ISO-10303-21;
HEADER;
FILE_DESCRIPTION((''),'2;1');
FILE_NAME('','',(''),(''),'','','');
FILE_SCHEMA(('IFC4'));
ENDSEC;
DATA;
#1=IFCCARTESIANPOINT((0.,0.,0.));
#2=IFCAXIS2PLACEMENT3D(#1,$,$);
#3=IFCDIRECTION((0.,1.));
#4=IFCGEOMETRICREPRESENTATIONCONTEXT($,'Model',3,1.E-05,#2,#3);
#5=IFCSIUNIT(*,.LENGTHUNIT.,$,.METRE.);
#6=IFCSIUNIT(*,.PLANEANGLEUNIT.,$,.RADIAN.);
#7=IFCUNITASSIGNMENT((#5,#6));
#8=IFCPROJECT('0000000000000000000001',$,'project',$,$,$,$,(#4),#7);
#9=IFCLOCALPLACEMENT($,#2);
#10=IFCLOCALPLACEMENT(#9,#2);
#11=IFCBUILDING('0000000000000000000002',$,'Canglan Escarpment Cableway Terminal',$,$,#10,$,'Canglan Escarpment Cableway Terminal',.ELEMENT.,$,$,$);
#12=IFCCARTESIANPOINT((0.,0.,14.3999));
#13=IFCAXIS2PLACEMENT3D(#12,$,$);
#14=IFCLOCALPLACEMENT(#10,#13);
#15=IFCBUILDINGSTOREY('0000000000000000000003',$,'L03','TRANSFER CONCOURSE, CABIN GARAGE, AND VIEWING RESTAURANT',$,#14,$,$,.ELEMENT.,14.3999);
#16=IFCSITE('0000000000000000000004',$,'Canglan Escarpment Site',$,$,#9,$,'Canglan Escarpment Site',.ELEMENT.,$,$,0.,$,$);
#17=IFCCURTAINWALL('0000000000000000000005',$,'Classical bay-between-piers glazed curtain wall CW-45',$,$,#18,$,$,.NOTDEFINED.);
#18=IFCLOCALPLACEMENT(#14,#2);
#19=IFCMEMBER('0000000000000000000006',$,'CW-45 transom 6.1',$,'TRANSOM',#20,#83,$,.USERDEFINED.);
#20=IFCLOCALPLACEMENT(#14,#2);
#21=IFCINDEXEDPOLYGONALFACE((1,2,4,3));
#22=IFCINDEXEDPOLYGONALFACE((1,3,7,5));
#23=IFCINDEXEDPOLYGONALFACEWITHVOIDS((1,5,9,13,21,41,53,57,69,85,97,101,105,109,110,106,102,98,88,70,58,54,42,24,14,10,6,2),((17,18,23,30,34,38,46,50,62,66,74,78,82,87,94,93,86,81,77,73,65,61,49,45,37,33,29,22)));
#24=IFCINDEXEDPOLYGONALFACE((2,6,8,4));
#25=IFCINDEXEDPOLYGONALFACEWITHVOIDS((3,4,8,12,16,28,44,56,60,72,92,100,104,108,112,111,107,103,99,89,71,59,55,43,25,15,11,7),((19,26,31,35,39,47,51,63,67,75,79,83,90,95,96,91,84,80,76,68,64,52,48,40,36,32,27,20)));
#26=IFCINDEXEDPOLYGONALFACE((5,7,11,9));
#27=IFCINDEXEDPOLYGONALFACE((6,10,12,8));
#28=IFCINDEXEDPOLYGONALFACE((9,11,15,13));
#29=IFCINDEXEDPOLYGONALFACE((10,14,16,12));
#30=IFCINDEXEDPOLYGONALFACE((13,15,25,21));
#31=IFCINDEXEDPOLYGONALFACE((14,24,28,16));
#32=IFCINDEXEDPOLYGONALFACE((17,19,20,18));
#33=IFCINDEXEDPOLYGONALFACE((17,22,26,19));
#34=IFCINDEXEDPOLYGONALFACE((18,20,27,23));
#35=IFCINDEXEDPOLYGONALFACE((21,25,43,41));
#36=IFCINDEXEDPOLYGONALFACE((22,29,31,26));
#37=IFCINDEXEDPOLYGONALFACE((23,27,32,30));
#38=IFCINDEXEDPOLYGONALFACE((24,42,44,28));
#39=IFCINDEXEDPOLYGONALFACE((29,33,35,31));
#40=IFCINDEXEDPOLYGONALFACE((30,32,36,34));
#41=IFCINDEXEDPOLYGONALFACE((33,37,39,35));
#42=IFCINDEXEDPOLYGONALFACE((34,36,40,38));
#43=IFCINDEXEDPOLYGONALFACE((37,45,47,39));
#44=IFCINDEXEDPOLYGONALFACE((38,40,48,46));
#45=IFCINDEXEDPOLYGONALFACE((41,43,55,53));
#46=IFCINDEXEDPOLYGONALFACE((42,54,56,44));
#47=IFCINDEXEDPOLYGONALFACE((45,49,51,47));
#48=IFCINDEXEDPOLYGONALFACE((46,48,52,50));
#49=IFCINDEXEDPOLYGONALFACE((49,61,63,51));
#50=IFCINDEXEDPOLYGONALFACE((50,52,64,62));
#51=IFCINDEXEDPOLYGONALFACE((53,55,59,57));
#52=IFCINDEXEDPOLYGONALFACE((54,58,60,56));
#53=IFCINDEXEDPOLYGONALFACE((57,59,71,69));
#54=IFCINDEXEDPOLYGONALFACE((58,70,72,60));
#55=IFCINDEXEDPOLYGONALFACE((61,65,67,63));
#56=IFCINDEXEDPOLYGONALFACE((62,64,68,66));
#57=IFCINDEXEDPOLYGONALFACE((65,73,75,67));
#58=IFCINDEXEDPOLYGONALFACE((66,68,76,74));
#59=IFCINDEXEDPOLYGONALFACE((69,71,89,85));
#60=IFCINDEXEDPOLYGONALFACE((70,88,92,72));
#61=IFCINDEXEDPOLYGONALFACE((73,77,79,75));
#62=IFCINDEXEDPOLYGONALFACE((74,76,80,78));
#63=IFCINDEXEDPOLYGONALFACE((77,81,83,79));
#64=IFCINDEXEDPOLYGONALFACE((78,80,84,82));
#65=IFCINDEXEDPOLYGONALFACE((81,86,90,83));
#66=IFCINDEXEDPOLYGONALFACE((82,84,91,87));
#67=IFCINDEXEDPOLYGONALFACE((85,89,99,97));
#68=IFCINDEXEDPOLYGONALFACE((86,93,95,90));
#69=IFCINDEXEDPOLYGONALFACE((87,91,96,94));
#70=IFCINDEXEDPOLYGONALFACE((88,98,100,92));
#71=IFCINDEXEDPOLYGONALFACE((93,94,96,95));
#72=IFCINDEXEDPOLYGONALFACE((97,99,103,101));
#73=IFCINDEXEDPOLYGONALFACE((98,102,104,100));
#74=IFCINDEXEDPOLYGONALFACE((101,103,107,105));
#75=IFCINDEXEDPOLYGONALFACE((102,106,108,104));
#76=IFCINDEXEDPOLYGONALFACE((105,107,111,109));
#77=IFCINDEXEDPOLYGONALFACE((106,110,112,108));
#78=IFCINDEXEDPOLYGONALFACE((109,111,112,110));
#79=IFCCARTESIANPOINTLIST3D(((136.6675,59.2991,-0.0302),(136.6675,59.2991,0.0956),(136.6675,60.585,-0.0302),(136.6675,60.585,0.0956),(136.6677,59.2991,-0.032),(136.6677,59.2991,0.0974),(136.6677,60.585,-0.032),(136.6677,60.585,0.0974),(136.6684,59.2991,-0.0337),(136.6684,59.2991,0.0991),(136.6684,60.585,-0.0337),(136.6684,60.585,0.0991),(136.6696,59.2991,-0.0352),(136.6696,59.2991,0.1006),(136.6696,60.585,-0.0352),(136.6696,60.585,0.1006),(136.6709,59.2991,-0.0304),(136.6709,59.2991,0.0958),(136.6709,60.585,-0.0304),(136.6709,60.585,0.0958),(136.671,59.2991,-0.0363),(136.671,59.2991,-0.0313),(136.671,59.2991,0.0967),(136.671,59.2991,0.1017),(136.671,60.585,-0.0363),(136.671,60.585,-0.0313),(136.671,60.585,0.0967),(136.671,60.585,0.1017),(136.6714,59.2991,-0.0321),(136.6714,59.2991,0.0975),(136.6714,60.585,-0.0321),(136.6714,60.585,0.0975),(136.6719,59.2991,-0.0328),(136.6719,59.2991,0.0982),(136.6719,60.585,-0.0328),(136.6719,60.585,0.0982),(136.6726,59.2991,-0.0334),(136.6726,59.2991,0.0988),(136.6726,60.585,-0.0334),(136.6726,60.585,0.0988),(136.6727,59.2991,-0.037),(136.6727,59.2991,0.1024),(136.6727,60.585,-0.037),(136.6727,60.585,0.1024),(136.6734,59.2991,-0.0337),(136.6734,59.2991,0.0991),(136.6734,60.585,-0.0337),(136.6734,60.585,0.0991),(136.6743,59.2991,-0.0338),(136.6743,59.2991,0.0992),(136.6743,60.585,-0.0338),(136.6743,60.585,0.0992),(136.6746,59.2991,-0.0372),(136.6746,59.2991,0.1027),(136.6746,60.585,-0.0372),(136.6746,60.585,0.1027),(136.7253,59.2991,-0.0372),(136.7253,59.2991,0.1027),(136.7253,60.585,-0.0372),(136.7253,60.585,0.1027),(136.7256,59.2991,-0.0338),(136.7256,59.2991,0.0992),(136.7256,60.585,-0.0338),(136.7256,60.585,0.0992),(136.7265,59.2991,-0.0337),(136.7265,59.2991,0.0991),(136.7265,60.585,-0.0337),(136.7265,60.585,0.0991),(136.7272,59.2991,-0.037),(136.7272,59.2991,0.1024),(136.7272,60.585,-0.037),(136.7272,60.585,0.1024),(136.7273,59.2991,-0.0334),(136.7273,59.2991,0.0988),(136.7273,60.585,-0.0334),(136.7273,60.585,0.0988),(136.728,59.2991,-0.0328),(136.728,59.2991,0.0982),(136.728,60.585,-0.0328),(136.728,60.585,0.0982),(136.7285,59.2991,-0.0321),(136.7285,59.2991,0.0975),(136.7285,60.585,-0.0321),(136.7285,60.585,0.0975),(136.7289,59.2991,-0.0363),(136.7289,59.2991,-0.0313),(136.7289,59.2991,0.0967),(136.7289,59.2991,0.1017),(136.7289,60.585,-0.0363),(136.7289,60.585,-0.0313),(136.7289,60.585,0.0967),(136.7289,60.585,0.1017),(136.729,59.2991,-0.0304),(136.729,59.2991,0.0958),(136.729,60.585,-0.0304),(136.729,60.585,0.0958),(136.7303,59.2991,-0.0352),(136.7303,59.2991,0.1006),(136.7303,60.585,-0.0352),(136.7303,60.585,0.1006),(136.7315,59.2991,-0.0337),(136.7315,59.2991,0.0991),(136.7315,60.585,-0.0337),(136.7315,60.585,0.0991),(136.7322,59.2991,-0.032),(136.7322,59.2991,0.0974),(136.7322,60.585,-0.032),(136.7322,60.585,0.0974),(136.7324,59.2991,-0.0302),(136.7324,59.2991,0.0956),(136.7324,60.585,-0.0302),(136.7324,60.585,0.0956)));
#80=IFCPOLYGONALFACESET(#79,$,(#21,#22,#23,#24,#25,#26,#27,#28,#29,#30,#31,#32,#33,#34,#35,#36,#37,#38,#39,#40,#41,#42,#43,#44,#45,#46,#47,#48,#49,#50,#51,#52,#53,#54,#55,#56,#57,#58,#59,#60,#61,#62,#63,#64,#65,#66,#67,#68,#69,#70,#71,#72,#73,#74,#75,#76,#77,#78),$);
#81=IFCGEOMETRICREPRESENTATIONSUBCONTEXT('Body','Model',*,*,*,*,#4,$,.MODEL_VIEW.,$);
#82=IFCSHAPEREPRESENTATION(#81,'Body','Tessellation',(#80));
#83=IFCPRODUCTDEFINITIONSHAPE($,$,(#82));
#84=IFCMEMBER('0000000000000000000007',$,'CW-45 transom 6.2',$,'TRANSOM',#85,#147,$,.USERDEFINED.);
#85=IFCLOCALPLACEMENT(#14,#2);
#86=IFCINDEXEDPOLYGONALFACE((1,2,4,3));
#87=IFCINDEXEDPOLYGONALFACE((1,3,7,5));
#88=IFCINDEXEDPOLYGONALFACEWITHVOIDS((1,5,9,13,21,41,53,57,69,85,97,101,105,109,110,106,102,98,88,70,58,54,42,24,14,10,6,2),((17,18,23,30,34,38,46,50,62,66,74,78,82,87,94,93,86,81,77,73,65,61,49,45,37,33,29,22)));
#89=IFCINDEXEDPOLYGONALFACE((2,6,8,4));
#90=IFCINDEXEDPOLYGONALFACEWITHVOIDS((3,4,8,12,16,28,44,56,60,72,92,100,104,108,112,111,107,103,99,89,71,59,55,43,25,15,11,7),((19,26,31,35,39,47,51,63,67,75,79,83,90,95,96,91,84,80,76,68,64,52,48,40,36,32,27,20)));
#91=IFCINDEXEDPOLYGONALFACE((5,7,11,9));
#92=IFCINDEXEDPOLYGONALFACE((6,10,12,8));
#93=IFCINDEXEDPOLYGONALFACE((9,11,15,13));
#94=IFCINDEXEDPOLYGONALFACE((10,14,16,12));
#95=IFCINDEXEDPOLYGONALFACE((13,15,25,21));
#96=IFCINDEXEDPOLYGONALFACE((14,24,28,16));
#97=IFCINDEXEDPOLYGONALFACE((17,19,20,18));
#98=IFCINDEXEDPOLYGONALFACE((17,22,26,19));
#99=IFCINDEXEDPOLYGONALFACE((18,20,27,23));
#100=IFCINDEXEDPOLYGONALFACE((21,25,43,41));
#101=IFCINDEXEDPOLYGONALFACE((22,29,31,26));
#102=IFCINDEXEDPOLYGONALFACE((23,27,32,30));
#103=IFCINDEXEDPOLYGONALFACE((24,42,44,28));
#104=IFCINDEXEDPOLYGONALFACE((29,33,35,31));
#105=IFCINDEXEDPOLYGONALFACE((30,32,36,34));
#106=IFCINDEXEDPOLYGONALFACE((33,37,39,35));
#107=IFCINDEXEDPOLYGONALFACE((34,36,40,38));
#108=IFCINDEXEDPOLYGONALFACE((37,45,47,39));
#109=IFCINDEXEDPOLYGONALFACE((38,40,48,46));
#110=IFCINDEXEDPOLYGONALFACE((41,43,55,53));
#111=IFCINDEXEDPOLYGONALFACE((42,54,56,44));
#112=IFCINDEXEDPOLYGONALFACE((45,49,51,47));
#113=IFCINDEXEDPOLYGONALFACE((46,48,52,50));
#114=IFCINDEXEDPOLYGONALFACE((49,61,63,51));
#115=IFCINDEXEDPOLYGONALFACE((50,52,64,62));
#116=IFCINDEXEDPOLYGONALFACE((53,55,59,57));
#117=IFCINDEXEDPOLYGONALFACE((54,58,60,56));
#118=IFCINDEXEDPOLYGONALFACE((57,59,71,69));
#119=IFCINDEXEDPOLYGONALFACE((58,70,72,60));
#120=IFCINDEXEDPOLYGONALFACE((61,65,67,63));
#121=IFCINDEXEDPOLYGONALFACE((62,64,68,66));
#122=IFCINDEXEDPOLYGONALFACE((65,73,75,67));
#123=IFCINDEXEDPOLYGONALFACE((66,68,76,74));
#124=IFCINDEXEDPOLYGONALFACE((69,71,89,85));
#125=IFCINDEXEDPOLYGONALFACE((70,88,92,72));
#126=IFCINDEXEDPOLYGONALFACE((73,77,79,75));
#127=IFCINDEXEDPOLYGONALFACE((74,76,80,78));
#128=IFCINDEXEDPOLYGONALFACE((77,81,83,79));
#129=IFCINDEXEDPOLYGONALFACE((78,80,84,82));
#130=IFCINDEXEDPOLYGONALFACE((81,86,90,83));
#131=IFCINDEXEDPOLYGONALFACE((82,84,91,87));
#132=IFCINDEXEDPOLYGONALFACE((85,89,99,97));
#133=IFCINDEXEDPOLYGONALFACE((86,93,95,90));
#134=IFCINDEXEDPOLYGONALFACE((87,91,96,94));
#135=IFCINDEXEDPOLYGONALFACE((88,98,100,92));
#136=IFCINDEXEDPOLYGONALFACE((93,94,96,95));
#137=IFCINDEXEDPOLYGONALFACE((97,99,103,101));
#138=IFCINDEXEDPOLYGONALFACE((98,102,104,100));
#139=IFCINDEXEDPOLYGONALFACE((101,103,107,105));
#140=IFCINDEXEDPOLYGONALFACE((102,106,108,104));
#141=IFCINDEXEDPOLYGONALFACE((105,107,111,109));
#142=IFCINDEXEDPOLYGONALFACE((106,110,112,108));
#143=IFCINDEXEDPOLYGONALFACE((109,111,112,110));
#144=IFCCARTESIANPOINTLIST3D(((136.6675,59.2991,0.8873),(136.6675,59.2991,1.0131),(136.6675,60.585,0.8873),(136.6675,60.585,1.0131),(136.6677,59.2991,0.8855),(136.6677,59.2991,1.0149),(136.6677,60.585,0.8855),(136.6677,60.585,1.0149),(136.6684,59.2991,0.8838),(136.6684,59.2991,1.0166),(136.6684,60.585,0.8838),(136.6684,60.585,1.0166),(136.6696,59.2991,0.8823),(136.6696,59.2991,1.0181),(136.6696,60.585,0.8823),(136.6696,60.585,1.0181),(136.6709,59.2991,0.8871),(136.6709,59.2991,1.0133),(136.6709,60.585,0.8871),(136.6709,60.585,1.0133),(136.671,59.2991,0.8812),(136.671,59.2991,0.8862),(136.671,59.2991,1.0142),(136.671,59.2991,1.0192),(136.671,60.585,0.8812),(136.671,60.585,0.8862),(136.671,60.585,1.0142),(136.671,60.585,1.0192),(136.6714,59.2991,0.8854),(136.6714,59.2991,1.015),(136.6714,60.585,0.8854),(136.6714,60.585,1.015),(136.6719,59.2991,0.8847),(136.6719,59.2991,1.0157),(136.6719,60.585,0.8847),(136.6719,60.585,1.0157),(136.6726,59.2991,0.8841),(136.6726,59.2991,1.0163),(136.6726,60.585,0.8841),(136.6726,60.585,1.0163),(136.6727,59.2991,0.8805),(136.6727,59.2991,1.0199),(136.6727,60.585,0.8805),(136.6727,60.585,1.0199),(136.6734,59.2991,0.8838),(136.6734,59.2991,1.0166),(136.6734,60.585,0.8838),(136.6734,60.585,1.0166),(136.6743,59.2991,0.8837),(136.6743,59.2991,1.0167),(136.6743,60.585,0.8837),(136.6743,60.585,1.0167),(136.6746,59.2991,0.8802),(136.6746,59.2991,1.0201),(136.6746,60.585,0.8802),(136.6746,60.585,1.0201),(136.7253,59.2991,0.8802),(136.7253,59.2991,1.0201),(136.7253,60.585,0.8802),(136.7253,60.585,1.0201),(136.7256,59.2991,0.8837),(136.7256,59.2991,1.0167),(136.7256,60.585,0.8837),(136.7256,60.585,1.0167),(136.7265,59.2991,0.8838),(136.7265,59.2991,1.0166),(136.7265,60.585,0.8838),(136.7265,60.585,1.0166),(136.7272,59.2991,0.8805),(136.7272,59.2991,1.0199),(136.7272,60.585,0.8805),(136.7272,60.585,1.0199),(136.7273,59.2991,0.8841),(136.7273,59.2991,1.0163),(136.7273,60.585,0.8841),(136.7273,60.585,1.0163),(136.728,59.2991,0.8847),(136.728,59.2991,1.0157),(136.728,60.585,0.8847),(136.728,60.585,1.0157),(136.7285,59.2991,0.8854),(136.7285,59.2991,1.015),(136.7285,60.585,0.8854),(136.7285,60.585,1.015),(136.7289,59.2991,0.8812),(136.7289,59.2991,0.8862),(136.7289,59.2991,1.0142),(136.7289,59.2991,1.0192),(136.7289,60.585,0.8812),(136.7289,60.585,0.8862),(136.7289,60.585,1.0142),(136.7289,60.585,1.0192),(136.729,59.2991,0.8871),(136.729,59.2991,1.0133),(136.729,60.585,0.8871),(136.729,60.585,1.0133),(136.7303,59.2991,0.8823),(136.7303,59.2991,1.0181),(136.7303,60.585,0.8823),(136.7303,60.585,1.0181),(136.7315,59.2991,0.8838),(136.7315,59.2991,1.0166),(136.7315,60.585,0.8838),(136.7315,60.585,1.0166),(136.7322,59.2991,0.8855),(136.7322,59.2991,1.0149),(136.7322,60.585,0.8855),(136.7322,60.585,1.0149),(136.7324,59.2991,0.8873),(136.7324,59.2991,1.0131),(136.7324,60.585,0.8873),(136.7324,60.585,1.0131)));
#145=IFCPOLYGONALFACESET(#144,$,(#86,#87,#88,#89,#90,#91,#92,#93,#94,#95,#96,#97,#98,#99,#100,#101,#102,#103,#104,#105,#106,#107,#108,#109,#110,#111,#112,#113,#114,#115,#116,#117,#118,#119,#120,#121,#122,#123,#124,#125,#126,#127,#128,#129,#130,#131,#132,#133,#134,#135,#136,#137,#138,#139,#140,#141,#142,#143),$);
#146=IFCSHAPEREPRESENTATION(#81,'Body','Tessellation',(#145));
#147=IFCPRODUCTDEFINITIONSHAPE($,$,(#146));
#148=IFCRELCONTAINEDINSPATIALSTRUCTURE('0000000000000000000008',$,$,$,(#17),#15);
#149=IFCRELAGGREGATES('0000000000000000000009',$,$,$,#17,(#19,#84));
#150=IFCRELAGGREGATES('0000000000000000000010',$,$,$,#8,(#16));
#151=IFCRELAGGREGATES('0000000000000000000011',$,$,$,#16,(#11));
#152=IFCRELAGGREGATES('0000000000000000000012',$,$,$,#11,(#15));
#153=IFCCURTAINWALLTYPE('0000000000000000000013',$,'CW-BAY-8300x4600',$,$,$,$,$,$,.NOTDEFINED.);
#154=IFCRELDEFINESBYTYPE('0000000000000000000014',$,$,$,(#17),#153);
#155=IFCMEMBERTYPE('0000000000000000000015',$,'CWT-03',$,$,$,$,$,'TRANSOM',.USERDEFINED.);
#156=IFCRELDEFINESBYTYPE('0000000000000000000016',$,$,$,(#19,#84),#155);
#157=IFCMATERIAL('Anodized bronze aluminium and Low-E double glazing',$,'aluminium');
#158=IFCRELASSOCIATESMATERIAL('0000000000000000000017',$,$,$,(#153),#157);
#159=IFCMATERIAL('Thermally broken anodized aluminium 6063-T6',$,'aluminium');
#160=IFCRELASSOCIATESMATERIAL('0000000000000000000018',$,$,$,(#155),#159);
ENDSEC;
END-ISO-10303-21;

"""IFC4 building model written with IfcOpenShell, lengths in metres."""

from ifc_helpers import new_model, si_unit, direction, frame, origin, origin_2d, place, context, subcontext, project, spatial, hollow_rectangle, extrude, material, material_profile, profile_set, type_object, element, aggregate, save


model = new_model("IFC4")

# Units and contexts
model_context = context("Model", 3, precision=1e-05, world=origin(), true_north=direction((0.0, 1.0)))
body_context = subcontext(model_context, "Body", "Model", "MODEL_VIEW")
ifc_project = project(units=[si_unit("LENGTHUNIT", "METRE"), si_unit("PLANEANGLEUNIT", "RADIAN")], contexts=[model_context])

# Site, building, storey
site_placement = place(None, origin())
site = spatial("IfcSite", under=ifc_project, at=site_placement, Name="Canglan Escarpment Site", LongName="Canglan Escarpment Site", CompositionType="ELEMENT", RefElevation=0.0)
building_placement = place(site_placement, origin())
building = spatial("IfcBuilding", under=site, at=building_placement, Name="Canglan Escarpment Cableway Terminal", LongName="Canglan Escarpment Cableway Terminal", CompositionType="ELEMENT")
storey_placement = place(building_placement, frame((0.0, 0.0, 14.3999)))
storey = spatial("IfcBuildingStorey", under=building, at=storey_placement, Name="L03", Description="TRANSFER CONCOURSE, CABIN GARAGE, AND VIEWING RESTAURANT", CompositionType="ELEMENT", Elevation=14.3999)

# Curtain wall, members
ifc_material_1 = material(Name="Anodized bronze aluminium and Low-E double glazing", Category="aluminium")
curtain_wall_type = type_object("IfcCurtainWallType", Name="CW-BAY-8300x4600", PredefinedType="NOTDEFINED", material=ifc_material_1)
curtain_wall_placement = place(storey_placement, origin())
curtain_wall = element("IfcCurtainWall", 1, at=curtain_wall_placement, inside=storey, type_object=curtain_wall_type, Name="Classical bay-between-piers glazed curtain wall CW-45", PredefinedType="NOTDEFINED")
ifc_material_2 = material(Name="Thermally broken anodized aluminium 6063-T6", Category="aluminium")
ifc_material_profile_1 = material_profile(ifc_material_2, hollow_rectangle(XDim=0.0649, YDim=0.1399, WallThickness=0.0034, InnerFilletRadius=0.0034, OuterFilletRadius=0.0071, at=origin_2d()), Name="ALU-TRAN 65x140x3.5")
ifc_profile_set_1 = profile_set([ifc_material_profile_1], Name="Thermally broken anodized aluminium 6063-T6")
member_type_1 = type_object("IfcMemberType", Name="CWT-03", ElementType="TRANSOM", PredefinedType="USERDEFINED", material=ifc_profile_set_1)
member_1_placement = place(storey_placement, frame((136.7, 59.2991, 0.0327), z_axis=(0.0, 1.0, 0.0), x_axis=(-1.0, 0.0, 0.0)))
member_1 = element("IfcMember", 2, at=member_1_placement, type_object=member_type_1, Name="CW-45 transom 6.1", ObjectType="TRANSOM", PredefinedType="USERDEFINED", context=body_context, shape_type="SweptSolid", body=[
    extrude(hollow_rectangle(XDim=0.0649, YDim=0.1399, WallThickness=0.0034, InnerFilletRadius=0.0034, OuterFilletRadius=0.0071, at=origin_2d()), origin(), (0.0, 0.0, 1.0), 1.2859),
])
member_2_placement = place(storey_placement, frame((136.7, 59.2991, 0.9502), z_axis=(0.0, 1.0, 0.0), x_axis=(-1.0, 0.0, 0.0)))
member_2 = element("IfcMember", 3, at=member_2_placement, type_object=member_type_1, Name="CW-45 transom 6.2", ObjectType="TRANSOM", PredefinedType="USERDEFINED", context=body_context, shape_type="SweptSolid", body=[
    extrude(hollow_rectangle(XDim=0.0649, YDim=0.1399, WallThickness=0.0034, InnerFilletRadius=0.0034, OuterFilletRadius=0.0071, at=origin_2d()), origin(), (0.0, 0.0, 1.0), 1.2859),
])
aggregate(curtain_wall, [member_1, member_2])

save(model, "model.ifc")
